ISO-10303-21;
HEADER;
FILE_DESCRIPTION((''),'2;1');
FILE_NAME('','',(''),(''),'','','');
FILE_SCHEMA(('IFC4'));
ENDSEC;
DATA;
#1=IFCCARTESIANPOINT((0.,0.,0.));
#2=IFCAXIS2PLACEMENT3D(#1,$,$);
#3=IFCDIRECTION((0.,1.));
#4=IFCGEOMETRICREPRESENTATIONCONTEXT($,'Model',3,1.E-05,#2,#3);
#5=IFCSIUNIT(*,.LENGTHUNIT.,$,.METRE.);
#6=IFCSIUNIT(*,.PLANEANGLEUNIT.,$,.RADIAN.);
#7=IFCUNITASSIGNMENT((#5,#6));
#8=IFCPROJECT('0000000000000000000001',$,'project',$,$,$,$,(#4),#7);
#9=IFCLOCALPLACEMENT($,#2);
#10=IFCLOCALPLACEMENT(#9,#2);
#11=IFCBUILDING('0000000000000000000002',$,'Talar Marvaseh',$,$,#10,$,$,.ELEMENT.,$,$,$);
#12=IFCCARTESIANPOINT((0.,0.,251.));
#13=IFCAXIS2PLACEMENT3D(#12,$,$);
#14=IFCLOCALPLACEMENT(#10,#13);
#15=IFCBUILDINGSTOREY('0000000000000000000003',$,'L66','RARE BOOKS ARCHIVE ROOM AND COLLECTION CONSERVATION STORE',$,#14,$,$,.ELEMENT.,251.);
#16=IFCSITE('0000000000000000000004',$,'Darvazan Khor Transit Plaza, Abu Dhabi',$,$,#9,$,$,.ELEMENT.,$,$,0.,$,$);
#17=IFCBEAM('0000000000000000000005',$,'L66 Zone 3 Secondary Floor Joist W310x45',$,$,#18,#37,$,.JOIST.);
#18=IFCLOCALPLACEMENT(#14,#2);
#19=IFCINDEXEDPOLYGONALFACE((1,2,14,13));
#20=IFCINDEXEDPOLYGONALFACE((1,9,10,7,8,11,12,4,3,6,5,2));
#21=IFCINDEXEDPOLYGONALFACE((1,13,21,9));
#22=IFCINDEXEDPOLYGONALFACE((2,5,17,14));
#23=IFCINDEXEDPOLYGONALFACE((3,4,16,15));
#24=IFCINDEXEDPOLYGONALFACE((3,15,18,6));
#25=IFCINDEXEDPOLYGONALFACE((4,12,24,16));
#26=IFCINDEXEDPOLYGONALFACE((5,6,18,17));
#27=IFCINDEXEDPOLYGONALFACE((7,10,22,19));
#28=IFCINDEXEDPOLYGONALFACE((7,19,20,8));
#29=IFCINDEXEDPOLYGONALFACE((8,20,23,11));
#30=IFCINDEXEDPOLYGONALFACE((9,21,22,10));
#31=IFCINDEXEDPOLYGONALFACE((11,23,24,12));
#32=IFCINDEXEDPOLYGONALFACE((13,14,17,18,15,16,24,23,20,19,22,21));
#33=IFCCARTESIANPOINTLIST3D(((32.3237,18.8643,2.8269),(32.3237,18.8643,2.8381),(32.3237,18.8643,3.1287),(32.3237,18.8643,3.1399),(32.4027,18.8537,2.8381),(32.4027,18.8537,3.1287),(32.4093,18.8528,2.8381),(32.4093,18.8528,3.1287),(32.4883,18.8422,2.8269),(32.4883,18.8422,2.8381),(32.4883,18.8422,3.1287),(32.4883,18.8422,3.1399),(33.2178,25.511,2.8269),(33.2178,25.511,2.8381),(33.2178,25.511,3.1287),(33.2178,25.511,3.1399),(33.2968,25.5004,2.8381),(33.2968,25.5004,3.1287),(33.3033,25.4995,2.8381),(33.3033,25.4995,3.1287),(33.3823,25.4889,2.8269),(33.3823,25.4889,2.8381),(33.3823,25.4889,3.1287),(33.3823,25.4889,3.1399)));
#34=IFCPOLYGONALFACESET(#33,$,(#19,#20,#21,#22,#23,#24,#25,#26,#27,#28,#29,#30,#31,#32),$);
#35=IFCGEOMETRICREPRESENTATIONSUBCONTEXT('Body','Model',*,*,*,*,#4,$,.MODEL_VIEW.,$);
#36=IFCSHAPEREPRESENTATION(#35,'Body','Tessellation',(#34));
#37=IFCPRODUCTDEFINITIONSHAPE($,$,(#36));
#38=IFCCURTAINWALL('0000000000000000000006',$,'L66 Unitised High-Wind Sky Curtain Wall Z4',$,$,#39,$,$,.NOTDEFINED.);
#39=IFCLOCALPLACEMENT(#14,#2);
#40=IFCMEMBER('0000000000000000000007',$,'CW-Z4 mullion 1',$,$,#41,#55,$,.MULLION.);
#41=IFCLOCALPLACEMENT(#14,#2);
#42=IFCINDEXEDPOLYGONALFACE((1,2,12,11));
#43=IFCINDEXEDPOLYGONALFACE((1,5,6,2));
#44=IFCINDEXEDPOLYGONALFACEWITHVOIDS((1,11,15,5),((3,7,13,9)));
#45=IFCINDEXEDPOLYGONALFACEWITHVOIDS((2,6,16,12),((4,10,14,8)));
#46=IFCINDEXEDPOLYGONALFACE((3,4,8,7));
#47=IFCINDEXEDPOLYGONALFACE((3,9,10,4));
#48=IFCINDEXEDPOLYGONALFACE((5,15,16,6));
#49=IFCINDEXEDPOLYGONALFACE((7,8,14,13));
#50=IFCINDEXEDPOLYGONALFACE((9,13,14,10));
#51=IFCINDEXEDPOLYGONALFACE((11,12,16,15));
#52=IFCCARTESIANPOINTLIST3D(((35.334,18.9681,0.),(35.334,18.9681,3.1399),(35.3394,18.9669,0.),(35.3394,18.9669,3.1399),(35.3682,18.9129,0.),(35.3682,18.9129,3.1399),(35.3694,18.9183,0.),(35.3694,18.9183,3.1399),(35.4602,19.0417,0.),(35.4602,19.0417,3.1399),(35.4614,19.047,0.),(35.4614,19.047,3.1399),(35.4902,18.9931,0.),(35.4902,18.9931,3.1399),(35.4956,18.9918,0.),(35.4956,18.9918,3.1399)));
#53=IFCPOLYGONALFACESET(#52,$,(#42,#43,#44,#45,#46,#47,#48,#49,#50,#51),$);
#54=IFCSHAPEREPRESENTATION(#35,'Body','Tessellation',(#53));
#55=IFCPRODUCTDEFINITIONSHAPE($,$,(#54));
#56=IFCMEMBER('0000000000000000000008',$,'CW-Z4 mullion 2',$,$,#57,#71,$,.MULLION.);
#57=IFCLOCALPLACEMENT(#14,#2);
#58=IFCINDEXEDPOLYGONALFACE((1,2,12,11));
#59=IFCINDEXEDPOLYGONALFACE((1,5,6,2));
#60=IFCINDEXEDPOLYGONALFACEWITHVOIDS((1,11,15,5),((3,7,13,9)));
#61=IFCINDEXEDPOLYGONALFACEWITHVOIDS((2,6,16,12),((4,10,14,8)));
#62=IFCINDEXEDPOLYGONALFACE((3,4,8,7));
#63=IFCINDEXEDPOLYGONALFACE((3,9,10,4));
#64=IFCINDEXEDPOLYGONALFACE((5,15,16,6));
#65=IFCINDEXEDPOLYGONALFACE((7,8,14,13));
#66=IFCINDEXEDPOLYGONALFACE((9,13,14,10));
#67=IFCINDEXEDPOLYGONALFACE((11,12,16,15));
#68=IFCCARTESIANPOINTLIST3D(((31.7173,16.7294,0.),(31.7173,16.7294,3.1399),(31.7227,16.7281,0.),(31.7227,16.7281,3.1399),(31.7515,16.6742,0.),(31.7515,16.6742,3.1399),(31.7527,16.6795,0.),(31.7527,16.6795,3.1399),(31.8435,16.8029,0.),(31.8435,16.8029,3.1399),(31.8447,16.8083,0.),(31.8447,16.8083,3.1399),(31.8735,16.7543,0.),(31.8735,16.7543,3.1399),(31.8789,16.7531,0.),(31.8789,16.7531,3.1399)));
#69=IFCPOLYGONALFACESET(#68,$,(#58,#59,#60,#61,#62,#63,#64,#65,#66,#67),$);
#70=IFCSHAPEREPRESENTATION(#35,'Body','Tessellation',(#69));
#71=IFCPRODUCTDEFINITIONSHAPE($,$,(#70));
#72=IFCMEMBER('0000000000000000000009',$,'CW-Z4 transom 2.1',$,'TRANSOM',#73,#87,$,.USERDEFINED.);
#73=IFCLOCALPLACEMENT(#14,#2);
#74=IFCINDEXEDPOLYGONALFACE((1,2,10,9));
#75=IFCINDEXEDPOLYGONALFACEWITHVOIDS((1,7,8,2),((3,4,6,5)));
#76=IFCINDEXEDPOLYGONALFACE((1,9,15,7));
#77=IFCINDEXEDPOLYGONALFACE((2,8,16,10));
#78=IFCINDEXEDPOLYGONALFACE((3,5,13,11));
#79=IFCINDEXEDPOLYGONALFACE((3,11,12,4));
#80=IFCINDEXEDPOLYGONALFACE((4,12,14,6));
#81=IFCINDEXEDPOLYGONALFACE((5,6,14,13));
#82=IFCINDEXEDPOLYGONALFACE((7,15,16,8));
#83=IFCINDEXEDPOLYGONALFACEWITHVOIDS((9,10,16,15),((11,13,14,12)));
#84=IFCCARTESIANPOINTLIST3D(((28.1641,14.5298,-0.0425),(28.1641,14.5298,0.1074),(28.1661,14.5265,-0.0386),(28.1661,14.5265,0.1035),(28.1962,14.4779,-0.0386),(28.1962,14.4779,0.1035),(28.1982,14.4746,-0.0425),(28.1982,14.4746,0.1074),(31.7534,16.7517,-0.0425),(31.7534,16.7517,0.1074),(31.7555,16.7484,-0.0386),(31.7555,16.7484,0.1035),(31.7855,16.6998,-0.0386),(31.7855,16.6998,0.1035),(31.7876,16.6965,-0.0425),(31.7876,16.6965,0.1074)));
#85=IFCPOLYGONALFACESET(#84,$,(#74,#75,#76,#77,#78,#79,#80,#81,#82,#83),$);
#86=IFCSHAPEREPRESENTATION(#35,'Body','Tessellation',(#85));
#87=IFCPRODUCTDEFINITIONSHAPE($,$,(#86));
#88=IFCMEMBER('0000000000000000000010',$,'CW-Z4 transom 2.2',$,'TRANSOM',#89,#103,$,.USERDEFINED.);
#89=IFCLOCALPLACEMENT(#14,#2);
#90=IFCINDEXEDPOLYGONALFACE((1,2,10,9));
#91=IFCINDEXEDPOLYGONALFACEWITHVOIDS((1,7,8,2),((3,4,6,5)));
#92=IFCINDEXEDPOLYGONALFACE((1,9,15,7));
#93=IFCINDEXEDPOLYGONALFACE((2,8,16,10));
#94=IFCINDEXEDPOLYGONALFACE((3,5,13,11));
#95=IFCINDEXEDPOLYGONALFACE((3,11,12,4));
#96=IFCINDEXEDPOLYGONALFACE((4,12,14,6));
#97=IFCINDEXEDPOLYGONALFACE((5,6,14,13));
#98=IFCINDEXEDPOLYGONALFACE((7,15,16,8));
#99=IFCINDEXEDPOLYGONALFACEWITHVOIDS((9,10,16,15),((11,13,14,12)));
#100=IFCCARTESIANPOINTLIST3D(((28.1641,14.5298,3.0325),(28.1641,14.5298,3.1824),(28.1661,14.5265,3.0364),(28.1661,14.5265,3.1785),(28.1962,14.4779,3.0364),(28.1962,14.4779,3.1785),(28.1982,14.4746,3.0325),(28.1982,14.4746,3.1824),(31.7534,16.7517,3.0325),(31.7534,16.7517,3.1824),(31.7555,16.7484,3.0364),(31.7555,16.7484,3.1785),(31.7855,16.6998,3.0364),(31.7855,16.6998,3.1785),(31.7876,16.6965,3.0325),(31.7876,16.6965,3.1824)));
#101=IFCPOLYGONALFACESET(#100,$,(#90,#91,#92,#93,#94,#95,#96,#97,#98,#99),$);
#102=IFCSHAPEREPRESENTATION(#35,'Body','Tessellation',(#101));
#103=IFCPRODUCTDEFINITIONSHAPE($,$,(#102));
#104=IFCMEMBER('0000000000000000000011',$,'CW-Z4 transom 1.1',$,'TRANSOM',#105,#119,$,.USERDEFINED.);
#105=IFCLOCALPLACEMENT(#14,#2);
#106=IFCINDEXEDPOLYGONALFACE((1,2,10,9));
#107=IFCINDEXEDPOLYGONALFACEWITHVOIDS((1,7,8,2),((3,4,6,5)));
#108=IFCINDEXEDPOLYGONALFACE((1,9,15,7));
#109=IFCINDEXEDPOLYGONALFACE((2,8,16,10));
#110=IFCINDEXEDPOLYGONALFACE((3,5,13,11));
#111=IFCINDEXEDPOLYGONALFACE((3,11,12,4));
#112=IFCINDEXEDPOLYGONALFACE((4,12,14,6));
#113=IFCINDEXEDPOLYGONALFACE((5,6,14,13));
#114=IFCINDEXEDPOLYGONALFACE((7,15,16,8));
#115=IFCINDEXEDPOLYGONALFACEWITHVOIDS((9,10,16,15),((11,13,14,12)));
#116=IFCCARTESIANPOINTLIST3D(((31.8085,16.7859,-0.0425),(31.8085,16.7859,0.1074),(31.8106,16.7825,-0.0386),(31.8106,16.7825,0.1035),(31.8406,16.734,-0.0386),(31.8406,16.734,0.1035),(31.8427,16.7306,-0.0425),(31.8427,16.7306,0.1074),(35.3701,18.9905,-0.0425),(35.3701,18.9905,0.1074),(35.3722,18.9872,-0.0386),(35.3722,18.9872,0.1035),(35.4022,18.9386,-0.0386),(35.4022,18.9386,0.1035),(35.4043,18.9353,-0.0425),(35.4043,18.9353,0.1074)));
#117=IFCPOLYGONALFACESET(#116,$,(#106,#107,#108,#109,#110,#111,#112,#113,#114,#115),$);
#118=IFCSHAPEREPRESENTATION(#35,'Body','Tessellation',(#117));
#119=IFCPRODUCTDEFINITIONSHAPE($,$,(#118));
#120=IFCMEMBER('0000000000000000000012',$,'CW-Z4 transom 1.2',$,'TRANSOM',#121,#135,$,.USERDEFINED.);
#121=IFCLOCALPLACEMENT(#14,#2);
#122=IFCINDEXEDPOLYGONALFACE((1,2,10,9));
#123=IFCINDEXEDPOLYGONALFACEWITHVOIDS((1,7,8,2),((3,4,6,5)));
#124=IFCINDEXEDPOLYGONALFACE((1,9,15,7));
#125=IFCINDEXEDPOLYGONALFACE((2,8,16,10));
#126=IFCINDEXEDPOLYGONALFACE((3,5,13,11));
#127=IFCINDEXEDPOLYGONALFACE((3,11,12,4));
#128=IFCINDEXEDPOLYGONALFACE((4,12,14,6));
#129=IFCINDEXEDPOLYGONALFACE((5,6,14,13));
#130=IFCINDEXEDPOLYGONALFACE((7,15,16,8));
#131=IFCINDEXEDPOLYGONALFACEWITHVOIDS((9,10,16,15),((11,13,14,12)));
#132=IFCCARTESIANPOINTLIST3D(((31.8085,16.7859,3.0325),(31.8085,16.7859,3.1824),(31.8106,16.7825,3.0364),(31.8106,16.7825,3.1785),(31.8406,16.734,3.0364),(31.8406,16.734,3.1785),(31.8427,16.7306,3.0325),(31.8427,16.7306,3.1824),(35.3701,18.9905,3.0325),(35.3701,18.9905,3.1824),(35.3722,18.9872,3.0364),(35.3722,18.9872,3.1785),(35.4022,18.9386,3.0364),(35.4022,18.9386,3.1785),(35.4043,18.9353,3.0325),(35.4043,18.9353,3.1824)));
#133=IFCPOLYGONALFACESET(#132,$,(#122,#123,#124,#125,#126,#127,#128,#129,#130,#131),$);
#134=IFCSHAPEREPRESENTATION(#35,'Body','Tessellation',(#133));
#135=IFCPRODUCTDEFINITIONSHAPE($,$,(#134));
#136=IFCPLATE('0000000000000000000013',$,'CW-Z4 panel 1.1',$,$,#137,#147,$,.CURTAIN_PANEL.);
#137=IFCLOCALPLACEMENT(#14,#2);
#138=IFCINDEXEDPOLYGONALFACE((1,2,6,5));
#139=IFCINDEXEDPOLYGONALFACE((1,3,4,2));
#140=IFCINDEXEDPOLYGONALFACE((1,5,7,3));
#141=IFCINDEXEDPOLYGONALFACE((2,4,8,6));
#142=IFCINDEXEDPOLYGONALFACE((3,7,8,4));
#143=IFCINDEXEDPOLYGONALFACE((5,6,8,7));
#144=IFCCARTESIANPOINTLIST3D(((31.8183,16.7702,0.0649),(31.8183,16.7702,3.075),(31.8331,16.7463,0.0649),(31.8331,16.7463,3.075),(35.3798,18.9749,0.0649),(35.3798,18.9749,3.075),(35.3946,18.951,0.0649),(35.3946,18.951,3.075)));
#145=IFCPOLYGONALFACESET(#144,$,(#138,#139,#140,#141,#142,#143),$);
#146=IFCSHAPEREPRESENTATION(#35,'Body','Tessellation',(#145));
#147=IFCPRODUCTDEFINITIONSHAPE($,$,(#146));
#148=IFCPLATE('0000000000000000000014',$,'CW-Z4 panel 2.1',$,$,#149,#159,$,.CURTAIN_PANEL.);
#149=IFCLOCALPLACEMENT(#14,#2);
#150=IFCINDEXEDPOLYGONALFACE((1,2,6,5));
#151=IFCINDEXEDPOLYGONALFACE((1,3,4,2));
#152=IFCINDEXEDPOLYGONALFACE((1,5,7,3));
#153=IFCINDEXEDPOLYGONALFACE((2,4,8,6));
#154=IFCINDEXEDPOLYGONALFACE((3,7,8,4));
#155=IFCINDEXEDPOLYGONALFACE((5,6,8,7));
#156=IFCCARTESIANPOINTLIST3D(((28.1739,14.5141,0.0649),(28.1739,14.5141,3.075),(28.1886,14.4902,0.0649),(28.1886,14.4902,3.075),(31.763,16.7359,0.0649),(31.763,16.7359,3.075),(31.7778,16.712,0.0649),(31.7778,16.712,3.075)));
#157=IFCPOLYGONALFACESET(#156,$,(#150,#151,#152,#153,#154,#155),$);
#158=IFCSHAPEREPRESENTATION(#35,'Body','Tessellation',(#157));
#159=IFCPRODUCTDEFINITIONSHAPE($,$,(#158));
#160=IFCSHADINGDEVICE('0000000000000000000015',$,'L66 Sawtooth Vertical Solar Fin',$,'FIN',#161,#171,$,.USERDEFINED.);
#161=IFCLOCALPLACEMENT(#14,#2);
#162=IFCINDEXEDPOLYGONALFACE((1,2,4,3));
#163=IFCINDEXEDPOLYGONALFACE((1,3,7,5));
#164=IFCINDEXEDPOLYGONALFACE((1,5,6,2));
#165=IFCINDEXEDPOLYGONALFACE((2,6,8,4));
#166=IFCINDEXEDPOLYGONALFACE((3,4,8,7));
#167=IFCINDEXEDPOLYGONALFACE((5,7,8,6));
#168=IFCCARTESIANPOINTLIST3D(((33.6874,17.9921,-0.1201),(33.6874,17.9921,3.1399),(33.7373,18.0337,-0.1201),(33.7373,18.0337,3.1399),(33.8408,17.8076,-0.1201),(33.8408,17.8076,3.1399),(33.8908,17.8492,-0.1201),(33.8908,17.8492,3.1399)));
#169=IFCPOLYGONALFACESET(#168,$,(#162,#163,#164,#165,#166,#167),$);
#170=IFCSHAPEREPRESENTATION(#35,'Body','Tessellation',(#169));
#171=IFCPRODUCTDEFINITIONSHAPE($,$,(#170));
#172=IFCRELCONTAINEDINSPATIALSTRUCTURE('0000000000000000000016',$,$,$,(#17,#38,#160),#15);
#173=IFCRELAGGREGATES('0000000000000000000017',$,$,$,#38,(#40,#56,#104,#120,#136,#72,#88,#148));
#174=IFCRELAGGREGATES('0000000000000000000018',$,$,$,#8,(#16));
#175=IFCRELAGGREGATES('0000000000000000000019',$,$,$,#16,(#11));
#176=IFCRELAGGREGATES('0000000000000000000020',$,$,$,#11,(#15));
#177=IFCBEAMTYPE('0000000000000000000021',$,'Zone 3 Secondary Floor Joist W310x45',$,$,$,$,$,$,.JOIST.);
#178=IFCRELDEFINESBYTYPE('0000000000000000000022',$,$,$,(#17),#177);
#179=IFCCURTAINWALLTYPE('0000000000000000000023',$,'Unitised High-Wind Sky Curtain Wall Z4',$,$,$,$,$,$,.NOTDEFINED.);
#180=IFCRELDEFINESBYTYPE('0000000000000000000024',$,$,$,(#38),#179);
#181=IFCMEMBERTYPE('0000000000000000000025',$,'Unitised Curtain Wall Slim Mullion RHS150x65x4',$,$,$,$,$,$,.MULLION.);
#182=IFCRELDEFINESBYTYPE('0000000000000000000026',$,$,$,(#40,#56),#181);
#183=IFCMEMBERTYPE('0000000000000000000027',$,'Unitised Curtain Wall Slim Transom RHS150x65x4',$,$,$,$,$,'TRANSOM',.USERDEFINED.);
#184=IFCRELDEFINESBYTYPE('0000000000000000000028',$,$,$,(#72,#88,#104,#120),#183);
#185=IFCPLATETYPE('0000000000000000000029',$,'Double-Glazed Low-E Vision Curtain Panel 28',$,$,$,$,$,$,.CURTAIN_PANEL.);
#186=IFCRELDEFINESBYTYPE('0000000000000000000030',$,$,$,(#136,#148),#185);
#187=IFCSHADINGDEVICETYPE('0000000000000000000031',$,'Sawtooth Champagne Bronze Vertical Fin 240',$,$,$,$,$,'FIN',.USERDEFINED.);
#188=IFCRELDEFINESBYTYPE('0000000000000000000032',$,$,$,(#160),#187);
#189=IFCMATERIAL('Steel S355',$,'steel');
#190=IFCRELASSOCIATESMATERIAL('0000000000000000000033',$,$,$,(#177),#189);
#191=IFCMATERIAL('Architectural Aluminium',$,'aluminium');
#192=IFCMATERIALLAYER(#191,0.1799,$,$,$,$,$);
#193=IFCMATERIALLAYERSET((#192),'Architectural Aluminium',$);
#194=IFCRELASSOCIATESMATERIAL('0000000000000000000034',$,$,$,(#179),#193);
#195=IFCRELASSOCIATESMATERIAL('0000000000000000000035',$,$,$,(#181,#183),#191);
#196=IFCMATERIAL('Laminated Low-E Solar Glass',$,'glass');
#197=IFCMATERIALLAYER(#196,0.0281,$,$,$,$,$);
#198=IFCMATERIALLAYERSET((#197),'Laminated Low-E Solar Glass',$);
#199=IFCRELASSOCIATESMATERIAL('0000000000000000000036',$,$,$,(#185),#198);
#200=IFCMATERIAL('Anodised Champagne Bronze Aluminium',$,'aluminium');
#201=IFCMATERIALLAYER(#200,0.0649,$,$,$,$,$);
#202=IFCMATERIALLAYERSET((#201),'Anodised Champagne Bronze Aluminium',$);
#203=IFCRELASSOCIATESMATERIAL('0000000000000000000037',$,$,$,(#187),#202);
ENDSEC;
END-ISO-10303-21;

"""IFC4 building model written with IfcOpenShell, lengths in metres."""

from ifc_helpers import new_model, si_unit, direction, frame, origin, origin_2d, place, context, subcontext, project, spatial, rectangle, hollow_rectangle, i_section, extrude, source, transform, mapped, material, layer, layer_set, material_profile, profile_set, type_object, type_shapes, element, aggregate, save


model = new_model("IFC4")

# Units and contexts
model_context = context("Model", 3, precision=1e-05, world=origin(), true_north=direction((0.0, 1.0)))
body_context = subcontext(model_context, "Body", "Model", "MODEL_VIEW")
ifc_project = project(units=[si_unit("LENGTHUNIT", "METRE"), si_unit("PLANEANGLEUNIT", "RADIAN")], contexts=[model_context])

# Site, building, storey
site_placement = place(None, origin())
site = spatial("IfcSite", under=ifc_project, at=site_placement, Name="Darvazan Khor Transit Plaza, Abu Dhabi", CompositionType="ELEMENT", RefElevation=0.0)
building_placement = place(site_placement, origin())
building = spatial("IfcBuilding", under=site, at=building_placement, Name="Talar Marvaseh", CompositionType="ELEMENT")
storey_placement = place(building_placement, frame((0.0, 0.0, 251.0)))
storey = spatial("IfcBuildingStorey", under=building, at=storey_placement, Name="L66", Description="RARE BOOKS ARCHIVE ROOM AND COLLECTION CONSERVATION STORE", CompositionType="ELEMENT", Elevation=251.0)

# Beam
ifc_material_1 = material(Name="Steel S355", Category="steel")
ifc_material_profile_1 = material_profile(ifc_material_1, i_section(OverallWidth=0.166, OverallDepth=0.313, WebThickness=0.0066, FlangeThickness=0.0112, at=origin_2d()), Name="W310x45")
ifc_profile_set_1 = profile_set([ifc_material_profile_1], Name="Steel S355")
beam_type = type_object("IfcBeamType", Name="Zone 3 Secondary Floor Joist W310x45", PredefinedType="JOIST", material=ifc_profile_set_1)
beam_placement = place(storey_placement, frame((32.406, 18.8533, 2.9834), z_axis=(0.133308, 0.991075, 0.0), x_axis=(-0.991075, 0.133308, 0.0)))
element("IfcBeam", 1, at=beam_placement, inside=storey, type_object=beam_type, Name="L66 Zone 3 Secondary Floor Joist W310x45", PredefinedType="JOIST", context=body_context, shape_type="SweptSolid", body=[
    extrude(i_section(OverallWidth=0.166, OverallDepth=0.313, WebThickness=0.0066, FlangeThickness=0.0112, at=origin_2d()), origin(), (0.0, 0.0, 1.0), 6.7065),
])

# Curtain wall, members, plates
ifc_material_2 = material(Name="Architectural Aluminium", Category="aluminium")
ifc_layer_1 = layer(ifc_material_2, 0.1799)
ifc_layer_set_1 = layer_set([ifc_layer_1], Name="Architectural Aluminium")
curtain_wall_type = type_object("IfcCurtainWallType", Name="Unitised High-Wind Sky Curtain Wall Z4", PredefinedType="NOTDEFINED", material=ifc_layer_set_1)
curtain_wall_placement = place(storey_placement, origin())
curtain_wall = element("IfcCurtainWall", 2, at=curtain_wall_placement, inside=storey, type_object=curtain_wall_type, Name="L66 Unitised High-Wind Sky Curtain Wall Z4", PredefinedType="NOTDEFINED")
ifc_material_profile_2 = material_profile(ifc_material_2, hollow_rectangle(XDim=0.0649, YDim=0.1499, WallThickness=0.0039, at=origin_2d()), Name="RHS150x65x4")
ifc_profile_set_2 = profile_set([ifc_material_profile_2], Name="Architectural Aluminium")
member_type_1 = type_object("IfcMemberType", Name="Unitised Curtain Wall Slim Mullion RHS150x65x4", PredefinedType="MULLION", material=ifc_profile_set_2)
shared_shape_1 = source(origin(), body_context, "Body", "SweptSolid", [
    extrude(hollow_rectangle(XDim=0.0649, YDim=0.1499, WallThickness=0.0039, at=origin_2d()), origin(), (0.0, 0.0, 1.0), 3.1399),
])
type_shapes(member_type_1, [shared_shape_1])
member_1_placement = place(storey_placement, frame((35.4148, 18.98, 0.0), z_axis=(0.0, 0.0, 1.0), x_axis=(0.52635, -0.850268, 0.0)))
member_1 = element("IfcMember", 3, at=member_1_placement, type_object=member_type_1, Name="CW-Z4 mullion 1", PredefinedType="MULLION", context=body_context, shape_type="MappedRepresentation", body=[
    mapped(shared_shape_1, transform((0.0, 0.0, 0.0), x_axis=(1.0, 0.0, 0.0), y_axis=(0.0, 1.0, 0.0), z_axis=(0.0, 0.0, 1.0), scale=1.0)),
])
member_2_placement = place(storey_placement, frame((31.7981, 16.7412, 0.0), z_axis=(0.0, 0.0, 1.0), x_axis=(0.52635, -0.850268, 0.0)))
member_2 = element("IfcMember", 4, at=member_2_placement, type_object=member_type_1, Name="CW-Z4 mullion 2", PredefinedType="MULLION", context=body_context, shape_type="MappedRepresentation", body=[
    mapped(shared_shape_1, transform((0.0, 0.0, 0.0), x_axis=(1.0, 0.0, 0.0), y_axis=(0.0, 1.0, 0.0), z_axis=(0.0, 0.0, 1.0), scale=1.0)),
])
ifc_material_profile_3 = material_profile(ifc_material_2, hollow_rectangle(XDim=0.0649, YDim=0.1499, WallThickness=0.0039, at=origin_2d()), Name="RHS150x65x4")
ifc_profile_set_3 = profile_set([ifc_material_profile_3], Name="Architectural Aluminium")
member_type_2 = type_object("IfcMemberType", Name="Unitised Curtain Wall Slim Transom RHS150x65x4", ElementType="TRANSOM", PredefinedType="USERDEFINED", material=ifc_profile_set_3)
shared_shape_2 = source(origin(), body_context, "Body", "SweptSolid", [
    extrude(hollow_rectangle(XDim=0.0649, YDim=0.1499, WallThickness=0.0039, at=origin_2d()), origin(), (0.0, 0.0, 1.0), 4.2214),
])
member_3_placement = place(storey_placement, frame((31.7705, 16.7241, 0.0325), z_axis=(-0.850271, -0.526345, 0.0), x_axis=(0.526345, -0.850271, 0.0)))
member_3 = element("IfcMember", 5, at=member_3_placement, type_object=member_type_2, Name="CW-Z4 transom 2.1", ObjectType="TRANSOM", PredefinedType="USERDEFINED", context=body_context, shape_type="MappedRepresentation", body=[
    mapped(shared_shape_2, transform((0.0, 0.0, 0.0), x_axis=(1.0, 0.0, 0.0), y_axis=(0.0, 1.0, 0.0), z_axis=(0.0, 0.0, 1.0), scale=1.0)),
])
member_4_placement = place(storey_placement, frame((31.7705, 16.7241, 3.1074), z_axis=(-0.850271, -0.526345, 0.0), x_axis=(0.526345, -0.850271, 0.0)))
member_4 = element("IfcMember", 6, at=member_4_placement, type_object=member_type_2, Name="CW-Z4 transom 2.2", ObjectType="TRANSOM", PredefinedType="USERDEFINED", context=body_context, shape_type="MappedRepresentation", body=[
    mapped(shared_shape_2, transform((0.0, 0.0, 0.0), x_axis=(1.0, 0.0, 0.0), y_axis=(0.0, 1.0, 0.0), z_axis=(0.0, 0.0, 1.0), scale=1.0)),
])
shared_shape_3 = source(origin(), body_context, "Body", "SweptSolid", [
    extrude(hollow_rectangle(XDim=0.0649, YDim=0.1499, WallThickness=0.0039, at=origin_2d()), origin(), (0.0, 0.0, 1.0), 4.1887),
])
type_shapes(member_type_2, [shared_shape_2, shared_shape_3])
member_5_placement = place(storey_placement, frame((35.3872, 18.9629, 0.0325), z_axis=(-0.850283, -0.526327, 0.0), x_axis=(0.526327, -0.850283, 0.0)))
member_5 = element("IfcMember", 7, at=member_5_placement, type_object=member_type_2, Name="CW-Z4 transom 1.1", ObjectType="TRANSOM", PredefinedType="USERDEFINED", context=body_context, shape_type="MappedRepresentation", body=[
    mapped(shared_shape_3, transform((0.0, 0.0, 0.0), x_axis=(1.0, 0.0, 0.0), y_axis=(0.0, 1.0, 0.0), z_axis=(0.0, 0.0, 1.0), scale=1.0)),
])
member_6_placement = place(storey_placement, frame((35.3872, 18.9629, 3.1074), z_axis=(-0.850283, -0.526327, 0.0), x_axis=(0.526327, -0.850283, 0.0)))
member_6 = element("IfcMember", 8, at=member_6_placement, type_object=member_type_2, Name="CW-Z4 transom 1.2", ObjectType="TRANSOM", PredefinedType="USERDEFINED", context=body_context, shape_type="MappedRepresentation", body=[
    mapped(shared_shape_3, transform((0.0, 0.0, 0.0), x_axis=(1.0, 0.0, 0.0), y_axis=(0.0, 1.0, 0.0), z_axis=(0.0, 0.0, 1.0), scale=1.0)),
])
ifc_material_3 = material(Name="Laminated Low-E Solar Glass", Category="glass")
ifc_layer_2 = layer(ifc_material_3, 0.0281)
ifc_layer_set_2 = layer_set([ifc_layer_2], Name="Laminated Low-E Solar Glass")
plate_type = type_object("IfcPlateType", Name="Double-Glazed Low-E Vision Curtain Panel 28", PredefinedType="CURTAIN_PANEL", material=ifc_layer_set_2)
shared_shape_4 = source(origin(), body_context, "Body", "SweptSolid", [
    extrude(rectangle(XDim=4.1887, YDim=0.0281, at=origin_2d()), origin(), (0.0, 0.0, 1.0), 3.01),
])
plate_1_placement = place(storey_placement, frame((33.6064, 17.8606, 0.0649), z_axis=(0.0, 0.0, 1.0), x_axis=(-0.850268, -0.52635, 0.0)))
plate_1 = element("IfcPlate", 9, at=plate_1_placement, type_object=plate_type, Name="CW-Z4 panel 1.1", PredefinedType="CURTAIN_PANEL", context=body_context, shape_type="MappedRepresentation", body=[
    mapped(shared_shape_4, transform((0.0, 0.0, 0.0), x_axis=(1.0, 0.0, 0.0), y_axis=(0.0, 1.0, 0.0), z_axis=(0.0, 0.0, 1.0), scale=1.0)),
])
shared_shape_5 = source(origin(), body_context, "Body", "SweptSolid", [
    extrude(rectangle(XDim=4.2212, YDim=0.0281, at=origin_2d()), origin(), (0.0, 0.0, 1.0), 3.01),
])
type_shapes(plate_type, [shared_shape_4, shared_shape_5])
plate_2_placement = place(storey_placement, frame((29.9758, 15.613, 0.0649), z_axis=(0.0, 0.0, 1.0), x_axis=(-0.850268, -0.52635, 0.0)))
plate_2 = element("IfcPlate", 10, at=plate_2_placement, type_object=plate_type, Name="CW-Z4 panel 2.1", PredefinedType="CURTAIN_PANEL", context=body_context, shape_type="MappedRepresentation", body=[
    mapped(shared_shape_5, transform((0.0, 0.0, 0.0), x_axis=(1.0, 0.0, 0.0), y_axis=(0.0, 1.0, 0.0), z_axis=(0.0, 0.0, 1.0), scale=1.0)),
])
aggregate(curtain_wall, [member_1, member_2, member_5, member_6, plate_1, member_3, member_4, plate_2])

# Shading device
ifc_material_4 = material(Name="Anodised Champagne Bronze Aluminium", Category="aluminium")
ifc_layer_3 = layer(ifc_material_4, 0.0649)
ifc_layer_set_3 = layer_set([ifc_layer_3], Name="Anodised Champagne Bronze Aluminium")
shading_device_type = type_object("IfcShadingDeviceType", Name="Sawtooth Champagne Bronze Vertical Fin 240", ElementType="FIN", PredefinedType="USERDEFINED", material=ifc_layer_set_3)
shared_shape_6 = source(origin(), body_context, "Body", "SweptSolid", [
    extrude(rectangle(XDim=0.24, YDim=0.0649, at=origin_2d()), origin(), (0.0, 0.0, 1.0), 3.26),
])
type_shapes(shading_device_type, [shared_shape_6])
for number, where, z_axis, x_axis, name in (
    (11, (33.7891, 17.9207, -0.1201), (0.0, 0.0, 1.0), (0.639573, -0.76873, 0.0), "L66 Sawtooth Vertical Solar Fin"),
):
    element("IfcShadingDevice", number, at=place(storey_placement, frame(where, z_axis=z_axis, x_axis=x_axis)), inside=storey, type_object=shading_device_type, Name=name, ObjectType="FIN", PredefinedType="USERDEFINED", context=body_context, shape_type="MappedRepresentation", body=[
        mapped(shared_shape_6, transform((0.0, 0.0, 0.0), x_axis=(1.0, 0.0, 0.0), y_axis=(0.0, 1.0, 0.0), z_axis=(0.0, 0.0, 1.0), scale=1.0)),
    ])

save(model, "model.ifc")
